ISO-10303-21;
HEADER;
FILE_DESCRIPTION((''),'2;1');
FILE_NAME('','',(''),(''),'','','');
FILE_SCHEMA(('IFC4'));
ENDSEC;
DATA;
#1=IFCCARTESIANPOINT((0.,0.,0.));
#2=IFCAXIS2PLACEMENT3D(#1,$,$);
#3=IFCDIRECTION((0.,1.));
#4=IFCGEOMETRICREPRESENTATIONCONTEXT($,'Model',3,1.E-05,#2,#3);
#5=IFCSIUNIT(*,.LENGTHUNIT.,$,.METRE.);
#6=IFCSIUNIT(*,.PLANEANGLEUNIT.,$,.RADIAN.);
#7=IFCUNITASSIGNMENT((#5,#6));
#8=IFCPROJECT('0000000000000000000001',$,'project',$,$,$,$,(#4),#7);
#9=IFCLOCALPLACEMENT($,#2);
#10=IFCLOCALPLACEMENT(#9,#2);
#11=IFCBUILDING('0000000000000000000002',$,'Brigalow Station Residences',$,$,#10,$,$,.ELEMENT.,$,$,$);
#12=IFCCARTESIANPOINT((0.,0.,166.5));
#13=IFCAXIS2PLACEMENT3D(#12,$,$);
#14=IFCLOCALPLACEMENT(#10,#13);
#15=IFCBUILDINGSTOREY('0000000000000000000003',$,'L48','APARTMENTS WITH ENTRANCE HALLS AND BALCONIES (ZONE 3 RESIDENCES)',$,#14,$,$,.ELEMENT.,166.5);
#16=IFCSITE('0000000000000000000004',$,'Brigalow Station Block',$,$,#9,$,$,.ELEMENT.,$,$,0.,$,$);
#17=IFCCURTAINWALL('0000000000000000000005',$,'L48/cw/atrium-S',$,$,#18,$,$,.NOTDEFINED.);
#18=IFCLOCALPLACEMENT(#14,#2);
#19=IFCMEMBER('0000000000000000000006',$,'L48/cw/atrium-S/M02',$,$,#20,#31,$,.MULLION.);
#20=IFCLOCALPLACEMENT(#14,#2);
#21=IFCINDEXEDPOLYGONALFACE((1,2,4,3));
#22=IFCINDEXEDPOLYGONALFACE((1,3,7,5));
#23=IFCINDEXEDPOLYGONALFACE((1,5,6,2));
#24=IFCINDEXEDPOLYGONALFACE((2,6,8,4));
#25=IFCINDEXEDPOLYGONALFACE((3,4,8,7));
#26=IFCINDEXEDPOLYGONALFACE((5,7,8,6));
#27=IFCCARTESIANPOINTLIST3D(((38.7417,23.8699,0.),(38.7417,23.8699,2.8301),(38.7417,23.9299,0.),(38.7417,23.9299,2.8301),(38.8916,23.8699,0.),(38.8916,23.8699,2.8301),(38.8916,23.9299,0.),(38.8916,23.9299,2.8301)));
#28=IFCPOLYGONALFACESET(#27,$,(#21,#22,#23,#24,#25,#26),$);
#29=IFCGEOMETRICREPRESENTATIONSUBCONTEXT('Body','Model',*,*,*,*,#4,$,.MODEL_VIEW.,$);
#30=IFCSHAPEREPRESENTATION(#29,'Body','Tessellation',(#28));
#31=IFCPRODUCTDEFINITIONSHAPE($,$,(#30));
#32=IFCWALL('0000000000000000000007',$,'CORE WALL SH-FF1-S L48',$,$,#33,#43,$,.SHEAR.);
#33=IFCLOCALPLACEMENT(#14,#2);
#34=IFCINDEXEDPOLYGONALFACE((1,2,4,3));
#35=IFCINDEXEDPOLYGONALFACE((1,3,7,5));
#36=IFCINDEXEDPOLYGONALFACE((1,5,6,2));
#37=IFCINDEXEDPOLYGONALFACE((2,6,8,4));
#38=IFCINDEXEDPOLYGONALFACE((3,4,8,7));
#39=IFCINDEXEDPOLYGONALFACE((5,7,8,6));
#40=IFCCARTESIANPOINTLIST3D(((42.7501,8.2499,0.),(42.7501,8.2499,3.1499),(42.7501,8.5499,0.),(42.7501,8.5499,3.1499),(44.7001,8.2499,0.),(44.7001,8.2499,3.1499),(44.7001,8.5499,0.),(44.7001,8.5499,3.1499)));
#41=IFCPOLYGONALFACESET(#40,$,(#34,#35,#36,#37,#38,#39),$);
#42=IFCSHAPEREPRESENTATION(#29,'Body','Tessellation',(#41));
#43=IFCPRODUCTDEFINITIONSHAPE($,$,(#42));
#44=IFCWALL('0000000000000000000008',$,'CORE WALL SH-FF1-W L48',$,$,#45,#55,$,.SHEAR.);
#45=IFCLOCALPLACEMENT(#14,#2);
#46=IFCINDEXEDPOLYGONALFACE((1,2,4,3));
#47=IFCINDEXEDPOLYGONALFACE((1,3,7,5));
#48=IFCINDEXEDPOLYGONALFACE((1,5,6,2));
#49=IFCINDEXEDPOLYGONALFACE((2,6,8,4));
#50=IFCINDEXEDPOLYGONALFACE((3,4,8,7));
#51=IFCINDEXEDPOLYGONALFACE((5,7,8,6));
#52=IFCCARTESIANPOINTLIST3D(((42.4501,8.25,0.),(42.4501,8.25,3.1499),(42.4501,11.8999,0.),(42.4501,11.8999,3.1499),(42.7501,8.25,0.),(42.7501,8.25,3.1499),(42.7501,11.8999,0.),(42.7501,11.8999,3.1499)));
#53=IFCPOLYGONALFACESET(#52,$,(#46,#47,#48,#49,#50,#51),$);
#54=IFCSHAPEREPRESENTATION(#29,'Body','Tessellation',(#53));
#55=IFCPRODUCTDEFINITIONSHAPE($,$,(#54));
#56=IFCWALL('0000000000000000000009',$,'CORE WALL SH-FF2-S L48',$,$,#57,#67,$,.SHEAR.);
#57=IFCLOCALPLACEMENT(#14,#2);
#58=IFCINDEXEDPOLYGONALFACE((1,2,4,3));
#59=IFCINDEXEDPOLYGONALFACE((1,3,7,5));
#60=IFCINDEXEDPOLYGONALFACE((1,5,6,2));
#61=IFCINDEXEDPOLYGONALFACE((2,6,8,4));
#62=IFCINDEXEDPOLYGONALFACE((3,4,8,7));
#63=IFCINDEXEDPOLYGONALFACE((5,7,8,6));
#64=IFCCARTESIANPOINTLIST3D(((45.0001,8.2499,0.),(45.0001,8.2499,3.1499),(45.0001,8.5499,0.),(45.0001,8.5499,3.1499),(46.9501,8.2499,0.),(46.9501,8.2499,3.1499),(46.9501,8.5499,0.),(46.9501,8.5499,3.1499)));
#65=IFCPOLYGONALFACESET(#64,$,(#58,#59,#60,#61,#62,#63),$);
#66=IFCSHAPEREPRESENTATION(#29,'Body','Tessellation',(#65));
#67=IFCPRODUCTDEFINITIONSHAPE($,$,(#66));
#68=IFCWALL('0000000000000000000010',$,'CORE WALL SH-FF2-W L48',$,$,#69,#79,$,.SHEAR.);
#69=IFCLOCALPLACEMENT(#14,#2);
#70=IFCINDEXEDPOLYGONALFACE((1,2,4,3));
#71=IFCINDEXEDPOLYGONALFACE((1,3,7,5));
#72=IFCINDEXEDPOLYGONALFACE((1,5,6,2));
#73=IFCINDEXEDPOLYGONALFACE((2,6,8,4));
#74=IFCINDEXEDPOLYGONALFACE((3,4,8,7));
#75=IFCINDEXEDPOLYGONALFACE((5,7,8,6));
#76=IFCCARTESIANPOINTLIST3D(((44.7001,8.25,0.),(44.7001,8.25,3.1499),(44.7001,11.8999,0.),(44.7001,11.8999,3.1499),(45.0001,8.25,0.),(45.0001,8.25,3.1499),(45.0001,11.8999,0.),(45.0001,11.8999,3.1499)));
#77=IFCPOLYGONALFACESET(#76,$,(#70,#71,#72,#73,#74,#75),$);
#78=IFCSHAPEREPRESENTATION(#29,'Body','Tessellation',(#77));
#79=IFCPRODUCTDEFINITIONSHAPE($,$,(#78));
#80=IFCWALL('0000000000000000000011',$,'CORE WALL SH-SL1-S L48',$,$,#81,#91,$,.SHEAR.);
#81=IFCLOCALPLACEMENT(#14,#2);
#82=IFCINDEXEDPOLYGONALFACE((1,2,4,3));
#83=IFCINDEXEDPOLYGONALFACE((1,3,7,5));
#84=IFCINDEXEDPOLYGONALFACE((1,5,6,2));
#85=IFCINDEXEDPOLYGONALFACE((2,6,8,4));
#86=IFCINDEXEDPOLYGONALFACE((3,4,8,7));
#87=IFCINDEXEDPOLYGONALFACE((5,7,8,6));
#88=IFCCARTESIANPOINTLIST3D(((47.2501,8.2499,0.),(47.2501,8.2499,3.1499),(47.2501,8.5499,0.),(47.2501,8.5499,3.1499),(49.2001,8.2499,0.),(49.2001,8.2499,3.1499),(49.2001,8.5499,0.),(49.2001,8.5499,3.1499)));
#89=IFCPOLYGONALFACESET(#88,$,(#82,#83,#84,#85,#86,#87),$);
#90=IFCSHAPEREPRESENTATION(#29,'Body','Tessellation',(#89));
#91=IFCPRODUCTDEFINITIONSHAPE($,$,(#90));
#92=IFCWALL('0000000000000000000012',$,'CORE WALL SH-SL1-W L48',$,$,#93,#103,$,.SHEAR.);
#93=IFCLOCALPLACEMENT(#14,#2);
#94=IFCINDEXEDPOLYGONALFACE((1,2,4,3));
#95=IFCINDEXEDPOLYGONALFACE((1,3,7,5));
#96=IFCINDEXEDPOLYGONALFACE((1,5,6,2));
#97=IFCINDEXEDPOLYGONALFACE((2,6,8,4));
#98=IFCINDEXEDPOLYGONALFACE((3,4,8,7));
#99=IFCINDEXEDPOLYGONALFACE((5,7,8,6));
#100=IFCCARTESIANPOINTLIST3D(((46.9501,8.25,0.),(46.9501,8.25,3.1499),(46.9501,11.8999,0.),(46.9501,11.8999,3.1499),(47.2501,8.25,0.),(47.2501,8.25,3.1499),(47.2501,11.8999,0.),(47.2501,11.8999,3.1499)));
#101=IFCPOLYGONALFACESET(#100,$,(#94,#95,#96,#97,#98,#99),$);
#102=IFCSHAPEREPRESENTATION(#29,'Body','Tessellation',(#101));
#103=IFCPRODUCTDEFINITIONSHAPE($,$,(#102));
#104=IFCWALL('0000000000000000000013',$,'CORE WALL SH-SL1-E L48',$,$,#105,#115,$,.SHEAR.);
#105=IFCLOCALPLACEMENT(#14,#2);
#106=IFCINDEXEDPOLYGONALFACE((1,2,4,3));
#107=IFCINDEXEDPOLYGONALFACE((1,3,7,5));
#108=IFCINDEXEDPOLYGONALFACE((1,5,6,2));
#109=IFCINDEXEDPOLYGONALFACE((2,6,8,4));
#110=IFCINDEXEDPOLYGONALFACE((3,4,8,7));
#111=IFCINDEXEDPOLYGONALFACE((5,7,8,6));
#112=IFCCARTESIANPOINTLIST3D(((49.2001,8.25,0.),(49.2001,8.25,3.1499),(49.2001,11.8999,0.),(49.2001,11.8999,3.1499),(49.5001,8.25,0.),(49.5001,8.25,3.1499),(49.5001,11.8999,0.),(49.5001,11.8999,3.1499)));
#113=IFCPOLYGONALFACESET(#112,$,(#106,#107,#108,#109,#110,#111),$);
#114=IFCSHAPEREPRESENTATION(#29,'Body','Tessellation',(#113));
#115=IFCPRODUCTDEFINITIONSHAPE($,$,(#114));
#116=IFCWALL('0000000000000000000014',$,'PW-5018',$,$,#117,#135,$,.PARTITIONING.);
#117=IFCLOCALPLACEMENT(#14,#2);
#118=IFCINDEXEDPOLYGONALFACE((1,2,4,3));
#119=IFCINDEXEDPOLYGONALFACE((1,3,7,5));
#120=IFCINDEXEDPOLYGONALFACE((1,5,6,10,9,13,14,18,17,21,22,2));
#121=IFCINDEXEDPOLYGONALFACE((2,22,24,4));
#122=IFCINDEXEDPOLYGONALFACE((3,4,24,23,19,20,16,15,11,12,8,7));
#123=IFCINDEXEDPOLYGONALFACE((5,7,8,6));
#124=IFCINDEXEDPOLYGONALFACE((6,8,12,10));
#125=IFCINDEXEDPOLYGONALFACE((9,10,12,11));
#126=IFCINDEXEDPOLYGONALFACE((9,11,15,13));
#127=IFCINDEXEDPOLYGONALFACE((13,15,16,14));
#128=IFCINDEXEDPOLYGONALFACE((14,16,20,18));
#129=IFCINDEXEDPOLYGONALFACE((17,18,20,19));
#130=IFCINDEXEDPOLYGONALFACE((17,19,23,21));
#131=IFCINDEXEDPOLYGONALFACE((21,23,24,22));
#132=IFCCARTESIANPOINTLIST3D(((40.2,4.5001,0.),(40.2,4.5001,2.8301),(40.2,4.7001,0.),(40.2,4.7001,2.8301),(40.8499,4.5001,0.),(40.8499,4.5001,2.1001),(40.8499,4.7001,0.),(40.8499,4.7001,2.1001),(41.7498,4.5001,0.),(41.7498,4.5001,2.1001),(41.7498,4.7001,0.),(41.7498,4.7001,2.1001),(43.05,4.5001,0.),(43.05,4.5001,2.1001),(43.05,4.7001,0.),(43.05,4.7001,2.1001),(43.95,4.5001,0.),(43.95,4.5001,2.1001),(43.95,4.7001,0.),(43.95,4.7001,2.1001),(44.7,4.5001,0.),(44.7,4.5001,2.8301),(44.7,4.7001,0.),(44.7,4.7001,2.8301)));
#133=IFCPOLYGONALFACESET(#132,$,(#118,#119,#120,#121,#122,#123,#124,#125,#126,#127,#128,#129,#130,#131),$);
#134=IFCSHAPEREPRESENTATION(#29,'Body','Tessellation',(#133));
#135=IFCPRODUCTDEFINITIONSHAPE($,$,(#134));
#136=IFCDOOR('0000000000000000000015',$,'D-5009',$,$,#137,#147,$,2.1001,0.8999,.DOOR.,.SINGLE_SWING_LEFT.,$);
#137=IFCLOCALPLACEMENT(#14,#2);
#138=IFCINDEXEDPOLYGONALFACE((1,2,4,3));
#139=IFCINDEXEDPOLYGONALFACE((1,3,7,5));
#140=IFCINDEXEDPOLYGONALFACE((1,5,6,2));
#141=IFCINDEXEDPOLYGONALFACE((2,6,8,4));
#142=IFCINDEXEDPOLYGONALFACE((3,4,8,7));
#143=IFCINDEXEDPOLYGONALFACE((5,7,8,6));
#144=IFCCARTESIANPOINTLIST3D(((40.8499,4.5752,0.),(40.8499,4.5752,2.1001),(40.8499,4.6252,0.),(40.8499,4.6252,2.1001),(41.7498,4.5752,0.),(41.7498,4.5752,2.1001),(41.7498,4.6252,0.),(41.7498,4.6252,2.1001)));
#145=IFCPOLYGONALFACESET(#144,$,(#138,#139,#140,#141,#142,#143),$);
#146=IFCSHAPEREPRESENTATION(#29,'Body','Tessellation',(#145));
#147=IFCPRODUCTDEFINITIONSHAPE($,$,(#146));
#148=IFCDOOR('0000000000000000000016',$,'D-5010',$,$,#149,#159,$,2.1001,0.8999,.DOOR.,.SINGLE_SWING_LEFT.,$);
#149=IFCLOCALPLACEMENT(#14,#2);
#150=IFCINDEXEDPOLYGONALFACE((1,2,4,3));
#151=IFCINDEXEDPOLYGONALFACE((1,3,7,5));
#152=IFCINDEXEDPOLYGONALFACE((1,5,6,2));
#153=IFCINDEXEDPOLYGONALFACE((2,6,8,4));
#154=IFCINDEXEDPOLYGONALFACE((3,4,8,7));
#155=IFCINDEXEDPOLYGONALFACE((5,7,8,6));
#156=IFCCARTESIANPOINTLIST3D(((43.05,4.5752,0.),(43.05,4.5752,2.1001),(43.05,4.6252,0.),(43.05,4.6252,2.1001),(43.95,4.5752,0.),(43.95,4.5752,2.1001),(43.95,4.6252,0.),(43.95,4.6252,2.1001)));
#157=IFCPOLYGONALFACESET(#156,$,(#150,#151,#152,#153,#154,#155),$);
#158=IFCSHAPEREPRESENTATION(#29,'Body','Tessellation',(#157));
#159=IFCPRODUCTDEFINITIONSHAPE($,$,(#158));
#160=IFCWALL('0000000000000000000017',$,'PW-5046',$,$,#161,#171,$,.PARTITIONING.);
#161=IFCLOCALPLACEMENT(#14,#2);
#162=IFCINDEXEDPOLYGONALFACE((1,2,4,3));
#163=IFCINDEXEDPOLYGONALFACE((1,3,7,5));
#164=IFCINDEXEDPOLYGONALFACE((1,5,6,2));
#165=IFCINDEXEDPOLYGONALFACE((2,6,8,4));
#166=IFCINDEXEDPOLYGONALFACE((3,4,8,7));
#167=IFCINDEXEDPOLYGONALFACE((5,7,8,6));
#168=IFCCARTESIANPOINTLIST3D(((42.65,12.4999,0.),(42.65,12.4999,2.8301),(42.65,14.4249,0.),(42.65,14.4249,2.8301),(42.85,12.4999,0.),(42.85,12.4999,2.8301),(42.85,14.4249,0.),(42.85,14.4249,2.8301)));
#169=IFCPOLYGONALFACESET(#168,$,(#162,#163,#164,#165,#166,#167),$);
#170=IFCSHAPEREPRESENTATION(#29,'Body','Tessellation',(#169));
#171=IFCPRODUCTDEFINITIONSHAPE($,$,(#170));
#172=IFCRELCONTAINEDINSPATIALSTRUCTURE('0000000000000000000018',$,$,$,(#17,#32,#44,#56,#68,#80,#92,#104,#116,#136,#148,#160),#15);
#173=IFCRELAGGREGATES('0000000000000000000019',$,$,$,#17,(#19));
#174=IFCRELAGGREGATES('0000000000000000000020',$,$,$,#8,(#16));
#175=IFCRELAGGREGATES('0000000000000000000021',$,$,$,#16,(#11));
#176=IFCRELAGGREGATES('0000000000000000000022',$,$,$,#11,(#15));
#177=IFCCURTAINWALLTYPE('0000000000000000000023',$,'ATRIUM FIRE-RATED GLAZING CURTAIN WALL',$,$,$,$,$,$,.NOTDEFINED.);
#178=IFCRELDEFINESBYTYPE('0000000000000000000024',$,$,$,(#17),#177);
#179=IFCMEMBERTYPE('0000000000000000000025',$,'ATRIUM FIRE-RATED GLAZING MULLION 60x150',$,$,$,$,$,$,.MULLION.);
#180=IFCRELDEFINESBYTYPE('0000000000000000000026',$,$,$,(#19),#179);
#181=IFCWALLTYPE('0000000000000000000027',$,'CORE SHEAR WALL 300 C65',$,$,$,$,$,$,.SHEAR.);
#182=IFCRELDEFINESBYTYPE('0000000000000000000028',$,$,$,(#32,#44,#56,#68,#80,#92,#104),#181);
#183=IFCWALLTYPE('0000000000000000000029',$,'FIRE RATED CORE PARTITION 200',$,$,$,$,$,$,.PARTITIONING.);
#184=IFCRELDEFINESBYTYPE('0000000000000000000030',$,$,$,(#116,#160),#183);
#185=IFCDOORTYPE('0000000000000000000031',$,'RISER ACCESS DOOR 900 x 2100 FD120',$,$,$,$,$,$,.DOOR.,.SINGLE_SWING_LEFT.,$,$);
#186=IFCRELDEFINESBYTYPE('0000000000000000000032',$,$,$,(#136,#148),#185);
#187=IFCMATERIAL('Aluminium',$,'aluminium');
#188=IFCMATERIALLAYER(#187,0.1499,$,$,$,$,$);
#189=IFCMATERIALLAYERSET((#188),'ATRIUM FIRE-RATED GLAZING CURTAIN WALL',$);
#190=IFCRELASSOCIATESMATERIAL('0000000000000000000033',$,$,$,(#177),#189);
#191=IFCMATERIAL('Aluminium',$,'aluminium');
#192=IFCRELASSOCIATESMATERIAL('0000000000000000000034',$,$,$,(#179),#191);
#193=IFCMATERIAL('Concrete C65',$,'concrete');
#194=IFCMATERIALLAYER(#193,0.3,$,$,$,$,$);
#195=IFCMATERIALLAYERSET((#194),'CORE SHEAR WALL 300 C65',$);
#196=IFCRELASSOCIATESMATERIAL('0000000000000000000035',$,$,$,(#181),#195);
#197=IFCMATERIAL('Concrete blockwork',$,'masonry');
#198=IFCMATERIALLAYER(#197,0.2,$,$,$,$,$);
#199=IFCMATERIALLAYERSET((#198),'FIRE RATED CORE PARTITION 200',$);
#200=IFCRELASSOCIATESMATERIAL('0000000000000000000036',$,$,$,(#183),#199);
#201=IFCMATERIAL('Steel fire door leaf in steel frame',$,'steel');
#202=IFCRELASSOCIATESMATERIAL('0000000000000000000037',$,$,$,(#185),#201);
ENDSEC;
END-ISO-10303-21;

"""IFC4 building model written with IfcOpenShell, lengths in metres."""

from ifc_helpers import new_model, si_unit, direction, frame, frame_2d, origin, origin_2d, place, context, subcontext, project, spatial, rectangle, extrude, material, layer, layer_set, material_profile, profile_set, type_object, element, fill, aggregate, save


model = new_model("IFC4")

# Units and contexts
model_context = context("Model", 3, precision=1e-05, world=origin(), true_north=direction((0.0, 1.0)))
body_context = subcontext(model_context, "Body", "Model", "MODEL_VIEW")
ifc_project = project(units=[si_unit("LENGTHUNIT", "METRE"), si_unit("PLANEANGLEUNIT", "RADIAN")], contexts=[model_context])

# Site, building, storey
site_placement = place(None, origin())
site = spatial("IfcSite", under=ifc_project, at=site_placement, Name="Brigalow Station Block", CompositionType="ELEMENT", RefElevation=0.0)
building_placement = place(site_placement, origin())
building = spatial("IfcBuilding", under=site, at=building_placement, Name="Brigalow Station Residences", CompositionType="ELEMENT")
storey_placement = place(building_placement, frame((0.0, 0.0, 166.5)))
storey = spatial("IfcBuildingStorey", under=building, at=storey_placement, Name="L48", Description="APARTMENTS WITH ENTRANCE HALLS AND BALCONIES (ZONE 3 RESIDENCES)", CompositionType="ELEMENT", Elevation=166.5)

# Curtain wall, member
ifc_material_1 = material(Name="Aluminium", Category="aluminium")
ifc_layer_1 = layer(ifc_material_1, 0.1499)
ifc_layer_set_1 = layer_set([ifc_layer_1], Name="ATRIUM FIRE-RATED GLAZING CURTAIN WALL")
curtain_wall_type = type_object("IfcCurtainWallType", Name="ATRIUM FIRE-RATED GLAZING CURTAIN WALL", PredefinedType="NOTDEFINED", material=ifc_layer_set_1)
curtain_wall_placement = place(storey_placement, origin())
curtain_wall = element("IfcCurtainWall", 1, at=curtain_wall_placement, inside=storey, type_object=curtain_wall_type, Name="L48/cw/atrium-S", PredefinedType="NOTDEFINED")
ifc_material_2 = material(Name="Aluminium", Category="aluminium")
ifc_material_profile = material_profile(ifc_material_2, rectangle(XDim=0.0601, YDim=0.1499, at=origin_2d()), Name="ATRIUM FIRE-RATED GLAZING MULLION 60x150")
ifc_profile_set = profile_set([ifc_material_profile], Name="Aluminium")
member_type = type_object("IfcMemberType", Name="ATRIUM FIRE-RATED GLAZING MULLION 60x150", PredefinedType="MULLION", material=ifc_profile_set)
member_placement = place(storey_placement, frame((38.8167, 23.8999, 0.0), z_axis=(0.0, 0.0, 1.0), x_axis=(0.0, 1.0, 0.0)))
member = element("IfcMember", 2, at=member_placement, type_object=member_type, Name="L48/cw/atrium-S/M02", PredefinedType="MULLION", context=body_context, shape_type="SweptSolid", body=[
    extrude(rectangle(XDim=0.0601, YDim=0.1499, at=origin_2d()), origin(), (0.0, 0.0, 1.0), 2.8301),
])
aggregate(curtain_wall, [member])

# Walls
ifc_material_3 = material(Name="Concrete C65", Category="concrete")
ifc_layer_2 = layer(ifc_material_3, 0.3)
ifc_layer_set_2 = layer_set([ifc_layer_2], Name="CORE SHEAR WALL 300 C65")
wall_type_1 = type_object("IfcWallType", Name="CORE SHEAR WALL 300 C65", PredefinedType="SHEAR", material=ifc_layer_set_2)
wall_1_placement = place(storey_placement, frame((42.75, 8.3999, 0.0), z_axis=(0.0, 0.0, 1.0), x_axis=(1.0, 0.0, 0.0)))
element("IfcWall", 3, at=wall_1_placement, inside=storey, type_object=wall_type_1, Name="CORE WALL SH-FF1-S L48", PredefinedType="SHEAR", context=body_context, shape_type="SweptSolid", body=[
    extrude(rectangle(XDim=1.95, YDim=0.3, at=frame_2d((0.9751, 0.0))), origin(), (0.0, 0.0, 1.0), 3.1499),
])
wall_2_placement = place(storey_placement, frame((42.6001, 8.25, 0.0), z_axis=(0.0, 0.0, 1.0), x_axis=(0.0, 1.0, 0.0)))
element("IfcWall", 4, at=wall_2_placement, inside=storey, type_object=wall_type_1, Name="CORE WALL SH-FF1-W L48", PredefinedType="SHEAR", context=body_context, shape_type="SweptSolid", body=[
    extrude(rectangle(XDim=3.6499, YDim=0.3, at=frame_2d((1.825, 0.0))), origin(), (0.0, 0.0, 1.0), 3.1499),
])
wall_3_placement = place(storey_placement, frame((45.0, 8.3999, 0.0), z_axis=(0.0, 0.0, 1.0), x_axis=(1.0, 0.0, 0.0)))
element("IfcWall", 5, at=wall_3_placement, inside=storey, type_object=wall_type_1, Name="CORE WALL SH-FF2-S L48", PredefinedType="SHEAR", context=body_context, shape_type="SweptSolid", body=[
    extrude(rectangle(XDim=1.95, YDim=0.3, at=frame_2d((0.9751, 0.0))), origin(), (0.0, 0.0, 1.0), 3.1499),
])
wall_4_placement = place(storey_placement, frame((44.8501, 8.25, 0.0), z_axis=(0.0, 0.0, 1.0), x_axis=(0.0, 1.0, 0.0)))
element("IfcWall", 6, at=wall_4_placement, inside=storey, type_object=wall_type_1, Name="CORE WALL SH-FF2-W L48", PredefinedType="SHEAR", context=body_context, shape_type="SweptSolid", body=[
    extrude(rectangle(XDim=3.6499, YDim=0.3, at=frame_2d((1.825, 0.0))), origin(), (0.0, 0.0, 1.0), 3.1499),
])
wall_5_placement = place(storey_placement, frame((47.25, 8.3999, 0.0), z_axis=(0.0, 0.0, 1.0), x_axis=(1.0, 0.0, 0.0)))
element("IfcWall", 7, at=wall_5_placement, inside=storey, type_object=wall_type_1, Name="CORE WALL SH-SL1-S L48", PredefinedType="SHEAR", context=body_context, shape_type="SweptSolid", body=[
    extrude(rectangle(XDim=1.95, YDim=0.3, at=frame_2d((0.9751, 0.0))), origin(), (0.0, 0.0, 1.0), 3.1499),
])
for number, where, z_axis, x_axis, name in (
    (8, (47.1001, 8.25, 0.0), (0.0, 0.0, 1.0), (0.0, 1.0, 0.0), "CORE WALL SH-SL1-W L48"),
    (9, (49.3501, 8.25, 0.0), (0.0, 0.0, 1.0), (0.0, 1.0, 0.0), "CORE WALL SH-SL1-E L48"),
):
    element("IfcWall", number, at=place(storey_placement, frame(where, z_axis=z_axis, x_axis=x_axis)), inside=storey, type_object=wall_type_1, Name=name, PredefinedType="SHEAR", context=body_context, shape_type="SweptSolid", body=[
        extrude(rectangle(XDim=3.6499, YDim=0.3, at=frame_2d((1.825, 0.0))), origin(), (0.0, 0.0, 1.0), 3.1499),
    ])

# Wall, openings, doors
ifc_material_4 = material(Name="Concrete blockwork", Category="masonry")
ifc_layer_3 = layer(ifc_material_4, 0.2)
ifc_layer_set_3 = layer_set([ifc_layer_3], Name="FIRE RATED CORE PARTITION 200")
wall_type_2 = type_object("IfcWallType", Name="FIRE RATED CORE PARTITION 200", PredefinedType="PARTITIONING", material=ifc_layer_set_3)
wall_6_placement = place(storey_placement, frame((40.2, 4.6001, 0.0), z_axis=(0.0, 0.0, 1.0), x_axis=(1.0, 0.0, 0.0)))
wall_6 = element("IfcWall", 10, at=wall_6_placement, inside=storey, type_object=wall_type_2, Name="PW-5018", PredefinedType="PARTITIONING", context=body_context, shape_type="SweptSolid", body=[
    extrude(rectangle(XDim=4.5, YDim=0.2, at=frame_2d((2.25, 0.0))), origin(), (0.0, 0.0, 1.0), 2.8301),
])
opening_1_placement = place(wall_6_placement, frame((0.6499, 0.0, 0.0)))
opening_1 = element("IfcOpeningElement", 11, at=opening_1_placement, cuts=wall_6, PredefinedType="OPENING", context=body_context, shape_type="SweptSolid", body=[
    extrude(rectangle(XDim=0.8999, YDim=2.1001, at=frame_2d((0.45, 1.05))), frame((0.0, 0.1099, 0.0), z_axis=(0.0, -1.0, 0.0), x_axis=(1.0, 0.0, 0.0)), (0.0, 0.0, 1.0), 0.22),
])
opening_2_placement = place(wall_6_placement, frame((2.8501, 0.0, 0.0)))
opening_2 = element("IfcOpeningElement", 12, at=opening_2_placement, cuts=wall_6, PredefinedType="OPENING", context=body_context, shape_type="SweptSolid", body=[
    extrude(rectangle(XDim=0.8999, YDim=2.1001, at=frame_2d((0.45, 1.05))), frame((0.0, 0.1099, 0.0), z_axis=(0.0, -1.0, 0.0), x_axis=(1.0, 0.0, 0.0)), (0.0, 0.0, 1.0), 0.22),
])
ifc_material_5 = material(Name="Steel fire door leaf in steel frame", Category="steel")
door_type_1 = type_object("IfcDoorType", Name="RISER ACCESS DOOR 900 x 2100 FD120", OperationType="SINGLE_SWING_LEFT", PredefinedType="DOOR", material=ifc_material_5)
door_1_placement = place(opening_1_placement, frame((0.8999, 0.0, 0.0), z_axis=(0.0, 0.0, 1.0), x_axis=(-1.0, 0.0, 0.0)))
door_1 = element("IfcDoor", 13, at=door_1_placement, inside=storey, type_object=door_type_1, Name="D-5009", OperationType="SINGLE_SWING_LEFT", OverallHeight=2.1001, OverallWidth=0.8999, PredefinedType="DOOR", context=body_context, shape_type="SweptSolid", body=[
    extrude(rectangle(XDim=0.8999, YDim=2.1001, at=frame_2d((0.45, 1.05))), frame((0.0, 0.0249, 0.0), z_axis=(0.0, -1.0, 0.0), x_axis=(1.0, 0.0, 0.0)), (0.0, 0.0, 1.0), 0.05),
])
fill(opening_1, door_1)
door_2_placement = place(opening_2_placement, frame((0.8999, 0.0, 0.0), z_axis=(0.0, 0.0, 1.0), x_axis=(-1.0, 0.0, 0.0)))
door_2 = element("IfcDoor", 14, at=door_2_placement, inside=storey, type_object=door_type_1, Name="D-5010", OperationType="SINGLE_SWING_LEFT", OverallHeight=2.1001, OverallWidth=0.8999, PredefinedType="DOOR", context=body_context, shape_type="SweptSolid", body=[
    extrude(rectangle(XDim=0.8999, YDim=2.1001, at=frame_2d((0.45, 1.05))), frame((0.0, 0.0249, 0.0), z_axis=(0.0, -1.0, 0.0), x_axis=(1.0, 0.0, 0.0)), (0.0, 0.0, 1.0), 0.05),
])
fill(opening_2, door_2)

# Wall
wall_7_placement = place(storey_placement, frame((42.75, 12.5, 0.0), z_axis=(0.0, 0.0, 1.0), x_axis=(0.0, 1.0, 0.0)))
element("IfcWall", 15, at=wall_7_placement, inside=storey, type_object=wall_type_2, Name="PW-5046", PredefinedType="PARTITIONING", context=body_context, shape_type="SweptSolid", body=[
    extrude(rectangle(XDim=1.925, YDim=0.2, at=frame_2d((0.9624, 0.0))), origin(), (0.0, 0.0, 1.0), 2.8301),
])

save(model, "model.ifc")
